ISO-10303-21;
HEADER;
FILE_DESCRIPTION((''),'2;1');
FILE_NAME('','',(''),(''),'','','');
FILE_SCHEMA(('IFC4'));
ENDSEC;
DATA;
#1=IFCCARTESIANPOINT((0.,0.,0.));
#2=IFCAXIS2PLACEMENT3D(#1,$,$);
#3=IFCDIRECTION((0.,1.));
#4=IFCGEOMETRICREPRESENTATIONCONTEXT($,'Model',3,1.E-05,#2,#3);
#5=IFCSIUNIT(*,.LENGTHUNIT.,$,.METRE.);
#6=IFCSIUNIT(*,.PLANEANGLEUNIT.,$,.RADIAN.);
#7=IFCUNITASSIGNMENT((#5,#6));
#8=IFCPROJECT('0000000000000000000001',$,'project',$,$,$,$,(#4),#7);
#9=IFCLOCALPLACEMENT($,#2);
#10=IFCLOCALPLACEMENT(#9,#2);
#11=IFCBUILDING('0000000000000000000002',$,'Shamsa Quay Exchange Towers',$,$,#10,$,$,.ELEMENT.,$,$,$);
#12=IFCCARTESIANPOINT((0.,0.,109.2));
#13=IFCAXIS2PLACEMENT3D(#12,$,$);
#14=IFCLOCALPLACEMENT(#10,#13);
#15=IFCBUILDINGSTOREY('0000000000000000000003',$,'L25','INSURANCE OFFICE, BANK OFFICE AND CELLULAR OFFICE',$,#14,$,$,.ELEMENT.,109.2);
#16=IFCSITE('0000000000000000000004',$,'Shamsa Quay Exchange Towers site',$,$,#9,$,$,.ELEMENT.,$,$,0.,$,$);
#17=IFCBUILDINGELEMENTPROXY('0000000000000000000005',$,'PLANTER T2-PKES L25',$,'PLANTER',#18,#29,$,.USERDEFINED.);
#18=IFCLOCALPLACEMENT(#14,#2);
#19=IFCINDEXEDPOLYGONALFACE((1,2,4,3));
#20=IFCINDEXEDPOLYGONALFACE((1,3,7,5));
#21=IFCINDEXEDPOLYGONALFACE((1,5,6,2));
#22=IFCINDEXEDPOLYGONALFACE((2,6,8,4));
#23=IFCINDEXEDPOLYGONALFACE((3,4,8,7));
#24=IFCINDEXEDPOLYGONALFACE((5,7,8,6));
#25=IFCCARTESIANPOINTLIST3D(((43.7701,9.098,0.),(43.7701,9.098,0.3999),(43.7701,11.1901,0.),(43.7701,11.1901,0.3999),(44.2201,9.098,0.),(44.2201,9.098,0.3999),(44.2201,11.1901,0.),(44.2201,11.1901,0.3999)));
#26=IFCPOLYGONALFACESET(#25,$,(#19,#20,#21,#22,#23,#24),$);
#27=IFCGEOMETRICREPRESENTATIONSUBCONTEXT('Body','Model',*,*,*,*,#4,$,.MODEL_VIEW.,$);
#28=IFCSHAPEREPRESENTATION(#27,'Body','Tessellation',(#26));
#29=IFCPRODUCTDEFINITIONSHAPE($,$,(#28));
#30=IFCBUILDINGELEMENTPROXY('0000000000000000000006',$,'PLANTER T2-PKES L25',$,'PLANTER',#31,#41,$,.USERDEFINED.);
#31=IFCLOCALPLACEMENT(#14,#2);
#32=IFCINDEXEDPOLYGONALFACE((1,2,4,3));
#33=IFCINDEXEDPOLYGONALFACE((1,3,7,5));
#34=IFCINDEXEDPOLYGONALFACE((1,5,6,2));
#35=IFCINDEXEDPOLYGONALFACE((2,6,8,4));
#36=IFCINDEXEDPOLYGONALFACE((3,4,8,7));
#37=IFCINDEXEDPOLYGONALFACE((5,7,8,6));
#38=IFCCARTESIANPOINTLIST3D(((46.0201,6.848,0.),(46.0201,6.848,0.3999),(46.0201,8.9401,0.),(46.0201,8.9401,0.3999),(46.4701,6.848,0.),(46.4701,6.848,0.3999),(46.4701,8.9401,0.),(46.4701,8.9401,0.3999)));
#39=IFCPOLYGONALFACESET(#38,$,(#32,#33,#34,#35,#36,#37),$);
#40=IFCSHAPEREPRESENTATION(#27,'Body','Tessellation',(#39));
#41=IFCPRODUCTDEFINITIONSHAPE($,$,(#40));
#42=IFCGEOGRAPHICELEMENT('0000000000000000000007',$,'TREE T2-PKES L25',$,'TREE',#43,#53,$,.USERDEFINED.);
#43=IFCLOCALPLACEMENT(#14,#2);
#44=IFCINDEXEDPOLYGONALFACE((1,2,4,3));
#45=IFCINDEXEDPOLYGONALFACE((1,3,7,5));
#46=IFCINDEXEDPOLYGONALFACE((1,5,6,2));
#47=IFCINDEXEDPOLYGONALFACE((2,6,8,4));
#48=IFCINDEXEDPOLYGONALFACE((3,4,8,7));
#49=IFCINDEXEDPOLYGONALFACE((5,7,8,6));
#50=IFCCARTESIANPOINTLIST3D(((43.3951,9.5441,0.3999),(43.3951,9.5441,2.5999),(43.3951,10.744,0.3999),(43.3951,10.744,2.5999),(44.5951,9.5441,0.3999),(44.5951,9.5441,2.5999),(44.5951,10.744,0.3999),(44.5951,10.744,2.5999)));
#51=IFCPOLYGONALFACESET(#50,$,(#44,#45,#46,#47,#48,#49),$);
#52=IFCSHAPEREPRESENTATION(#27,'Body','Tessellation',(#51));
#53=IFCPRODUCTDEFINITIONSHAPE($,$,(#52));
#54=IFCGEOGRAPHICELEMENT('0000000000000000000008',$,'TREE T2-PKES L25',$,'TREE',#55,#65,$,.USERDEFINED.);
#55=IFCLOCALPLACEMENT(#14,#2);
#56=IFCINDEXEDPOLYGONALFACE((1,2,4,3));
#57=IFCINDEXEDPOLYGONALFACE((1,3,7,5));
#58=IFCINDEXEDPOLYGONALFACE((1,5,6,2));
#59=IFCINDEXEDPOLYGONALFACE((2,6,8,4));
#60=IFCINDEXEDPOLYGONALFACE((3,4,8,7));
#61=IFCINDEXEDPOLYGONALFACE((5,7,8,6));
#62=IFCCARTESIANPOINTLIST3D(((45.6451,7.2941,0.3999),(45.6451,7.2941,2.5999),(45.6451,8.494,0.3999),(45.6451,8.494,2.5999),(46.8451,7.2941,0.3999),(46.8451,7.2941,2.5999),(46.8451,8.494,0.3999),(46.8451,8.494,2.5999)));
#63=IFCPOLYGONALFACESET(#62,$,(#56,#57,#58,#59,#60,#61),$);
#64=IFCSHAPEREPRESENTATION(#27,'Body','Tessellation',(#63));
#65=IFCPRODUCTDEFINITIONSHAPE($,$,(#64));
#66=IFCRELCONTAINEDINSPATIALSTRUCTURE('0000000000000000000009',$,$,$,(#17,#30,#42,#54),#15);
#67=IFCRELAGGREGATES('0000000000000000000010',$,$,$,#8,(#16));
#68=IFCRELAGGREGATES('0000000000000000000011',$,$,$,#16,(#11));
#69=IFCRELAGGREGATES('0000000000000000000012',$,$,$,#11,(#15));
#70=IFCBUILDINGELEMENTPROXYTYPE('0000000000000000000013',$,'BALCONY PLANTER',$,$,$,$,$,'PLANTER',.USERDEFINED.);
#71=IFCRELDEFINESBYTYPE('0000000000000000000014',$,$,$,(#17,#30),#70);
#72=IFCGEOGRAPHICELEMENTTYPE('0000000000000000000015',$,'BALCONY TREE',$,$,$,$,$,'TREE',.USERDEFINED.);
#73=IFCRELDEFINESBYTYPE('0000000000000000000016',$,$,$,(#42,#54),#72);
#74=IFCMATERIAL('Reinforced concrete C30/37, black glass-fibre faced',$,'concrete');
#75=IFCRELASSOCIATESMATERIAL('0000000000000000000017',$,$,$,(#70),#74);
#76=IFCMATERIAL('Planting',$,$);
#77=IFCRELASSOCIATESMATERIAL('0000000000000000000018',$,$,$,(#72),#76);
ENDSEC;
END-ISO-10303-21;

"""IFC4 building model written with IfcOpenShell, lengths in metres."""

from ifc_helpers import new_model, si_unit, direction, frame, origin, origin_2d, place, context, subcontext, project, spatial, rectangle, extrude, material, type_object, element, save


model = new_model("IFC4")

# Units and contexts
model_context = context("Model", 3, precision=1e-05, world=origin(), true_north=direction((0.0, 1.0)))
body_context = subcontext(model_context, "Body", "Model", "MODEL_VIEW")
ifc_project = project(units=[si_unit("LENGTHUNIT", "METRE"), si_unit("PLANEANGLEUNIT", "RADIAN")], contexts=[model_context])

# Site, building, storey
site_placement = place(None, origin())
site = spatial("IfcSite", under=ifc_project, at=site_placement, Name="Shamsa Quay Exchange Towers site", CompositionType="ELEMENT", RefElevation=0.0)
building_placement = place(site_placement, origin())
building = spatial("IfcBuilding", under=site, at=building_placement, Name="Shamsa Quay Exchange Towers", CompositionType="ELEMENT")
storey_placement = place(building_placement, frame((0.0, 0.0, 109.2)))
storey = spatial("IfcBuildingStorey", under=building, at=storey_placement, Name="L25", Description="INSURANCE OFFICE, BANK OFFICE AND CELLULAR OFFICE", CompositionType="ELEMENT", Elevation=109.2)

# Building element proxies
ifc_material_1 = material(Name="Reinforced concrete C30/37, black glass-fibre faced", Category="concrete")
building_element_proxy_type = type_object("IfcBuildingElementProxyType", Name="BALCONY PLANTER", ElementType="PLANTER", PredefinedType="USERDEFINED", material=ifc_material_1)
for number, where, z_axis, x_axis, name in (
    (1, (43.9951, 10.144, 0.0), (0.0, 0.0, 1.0), (0.0, 1.0, 0.0), "PLANTER T2-PKES L25"),
    (2, (46.2451, 7.894, 0.0), (0.0, 0.0, 1.0), (0.0, 1.0, 0.0), "PLANTER T2-PKES L25"),
):
    element("IfcBuildingElementProxy", number, at=place(storey_placement, frame(where, z_axis=z_axis, x_axis=x_axis)), inside=storey, type_object=building_element_proxy_type, Name=name, ObjectType="PLANTER", PredefinedType="USERDEFINED", context=body_context, shape_type="SweptSolid", body=[
        extrude(rectangle(XDim=2.092, YDim=0.45, at=origin_2d()), origin(), (0.0, 0.0, 1.0), 0.3999),
    ])

# Geographic elements
ifc_material_2 = material(Name="Planting")
geographic_element_type = type_object("IfcGeographicElementType", Name="BALCONY TREE", ElementType="TREE", PredefinedType="USERDEFINED", material=ifc_material_2)
for number, where, z_axis, x_axis, name in (
    (3, (43.9951, 10.144, 0.3999), (0.0, 0.0, 1.0), (0.0, 1.0, 0.0), "TREE T2-PKES L25"),
    (4, (46.2451, 7.894, 0.3999), (0.0, 0.0, 1.0), (0.0, 1.0, 0.0), "TREE T2-PKES L25"),
):
    element("IfcGeographicElement", number, at=place(storey_placement, frame(where, z_axis=z_axis, x_axis=x_axis)), inside=storey, type_object=geographic_element_type, Name=name, ObjectType="TREE", PredefinedType="USERDEFINED", context=body_context, shape_type="SweptSolid", body=[
        extrude(rectangle(XDim=1.2, YDim=1.2, at=origin_2d()), origin(), (0.0, 0.0, 1.0), 2.2),
    ])

save(model, "model.ifc")
